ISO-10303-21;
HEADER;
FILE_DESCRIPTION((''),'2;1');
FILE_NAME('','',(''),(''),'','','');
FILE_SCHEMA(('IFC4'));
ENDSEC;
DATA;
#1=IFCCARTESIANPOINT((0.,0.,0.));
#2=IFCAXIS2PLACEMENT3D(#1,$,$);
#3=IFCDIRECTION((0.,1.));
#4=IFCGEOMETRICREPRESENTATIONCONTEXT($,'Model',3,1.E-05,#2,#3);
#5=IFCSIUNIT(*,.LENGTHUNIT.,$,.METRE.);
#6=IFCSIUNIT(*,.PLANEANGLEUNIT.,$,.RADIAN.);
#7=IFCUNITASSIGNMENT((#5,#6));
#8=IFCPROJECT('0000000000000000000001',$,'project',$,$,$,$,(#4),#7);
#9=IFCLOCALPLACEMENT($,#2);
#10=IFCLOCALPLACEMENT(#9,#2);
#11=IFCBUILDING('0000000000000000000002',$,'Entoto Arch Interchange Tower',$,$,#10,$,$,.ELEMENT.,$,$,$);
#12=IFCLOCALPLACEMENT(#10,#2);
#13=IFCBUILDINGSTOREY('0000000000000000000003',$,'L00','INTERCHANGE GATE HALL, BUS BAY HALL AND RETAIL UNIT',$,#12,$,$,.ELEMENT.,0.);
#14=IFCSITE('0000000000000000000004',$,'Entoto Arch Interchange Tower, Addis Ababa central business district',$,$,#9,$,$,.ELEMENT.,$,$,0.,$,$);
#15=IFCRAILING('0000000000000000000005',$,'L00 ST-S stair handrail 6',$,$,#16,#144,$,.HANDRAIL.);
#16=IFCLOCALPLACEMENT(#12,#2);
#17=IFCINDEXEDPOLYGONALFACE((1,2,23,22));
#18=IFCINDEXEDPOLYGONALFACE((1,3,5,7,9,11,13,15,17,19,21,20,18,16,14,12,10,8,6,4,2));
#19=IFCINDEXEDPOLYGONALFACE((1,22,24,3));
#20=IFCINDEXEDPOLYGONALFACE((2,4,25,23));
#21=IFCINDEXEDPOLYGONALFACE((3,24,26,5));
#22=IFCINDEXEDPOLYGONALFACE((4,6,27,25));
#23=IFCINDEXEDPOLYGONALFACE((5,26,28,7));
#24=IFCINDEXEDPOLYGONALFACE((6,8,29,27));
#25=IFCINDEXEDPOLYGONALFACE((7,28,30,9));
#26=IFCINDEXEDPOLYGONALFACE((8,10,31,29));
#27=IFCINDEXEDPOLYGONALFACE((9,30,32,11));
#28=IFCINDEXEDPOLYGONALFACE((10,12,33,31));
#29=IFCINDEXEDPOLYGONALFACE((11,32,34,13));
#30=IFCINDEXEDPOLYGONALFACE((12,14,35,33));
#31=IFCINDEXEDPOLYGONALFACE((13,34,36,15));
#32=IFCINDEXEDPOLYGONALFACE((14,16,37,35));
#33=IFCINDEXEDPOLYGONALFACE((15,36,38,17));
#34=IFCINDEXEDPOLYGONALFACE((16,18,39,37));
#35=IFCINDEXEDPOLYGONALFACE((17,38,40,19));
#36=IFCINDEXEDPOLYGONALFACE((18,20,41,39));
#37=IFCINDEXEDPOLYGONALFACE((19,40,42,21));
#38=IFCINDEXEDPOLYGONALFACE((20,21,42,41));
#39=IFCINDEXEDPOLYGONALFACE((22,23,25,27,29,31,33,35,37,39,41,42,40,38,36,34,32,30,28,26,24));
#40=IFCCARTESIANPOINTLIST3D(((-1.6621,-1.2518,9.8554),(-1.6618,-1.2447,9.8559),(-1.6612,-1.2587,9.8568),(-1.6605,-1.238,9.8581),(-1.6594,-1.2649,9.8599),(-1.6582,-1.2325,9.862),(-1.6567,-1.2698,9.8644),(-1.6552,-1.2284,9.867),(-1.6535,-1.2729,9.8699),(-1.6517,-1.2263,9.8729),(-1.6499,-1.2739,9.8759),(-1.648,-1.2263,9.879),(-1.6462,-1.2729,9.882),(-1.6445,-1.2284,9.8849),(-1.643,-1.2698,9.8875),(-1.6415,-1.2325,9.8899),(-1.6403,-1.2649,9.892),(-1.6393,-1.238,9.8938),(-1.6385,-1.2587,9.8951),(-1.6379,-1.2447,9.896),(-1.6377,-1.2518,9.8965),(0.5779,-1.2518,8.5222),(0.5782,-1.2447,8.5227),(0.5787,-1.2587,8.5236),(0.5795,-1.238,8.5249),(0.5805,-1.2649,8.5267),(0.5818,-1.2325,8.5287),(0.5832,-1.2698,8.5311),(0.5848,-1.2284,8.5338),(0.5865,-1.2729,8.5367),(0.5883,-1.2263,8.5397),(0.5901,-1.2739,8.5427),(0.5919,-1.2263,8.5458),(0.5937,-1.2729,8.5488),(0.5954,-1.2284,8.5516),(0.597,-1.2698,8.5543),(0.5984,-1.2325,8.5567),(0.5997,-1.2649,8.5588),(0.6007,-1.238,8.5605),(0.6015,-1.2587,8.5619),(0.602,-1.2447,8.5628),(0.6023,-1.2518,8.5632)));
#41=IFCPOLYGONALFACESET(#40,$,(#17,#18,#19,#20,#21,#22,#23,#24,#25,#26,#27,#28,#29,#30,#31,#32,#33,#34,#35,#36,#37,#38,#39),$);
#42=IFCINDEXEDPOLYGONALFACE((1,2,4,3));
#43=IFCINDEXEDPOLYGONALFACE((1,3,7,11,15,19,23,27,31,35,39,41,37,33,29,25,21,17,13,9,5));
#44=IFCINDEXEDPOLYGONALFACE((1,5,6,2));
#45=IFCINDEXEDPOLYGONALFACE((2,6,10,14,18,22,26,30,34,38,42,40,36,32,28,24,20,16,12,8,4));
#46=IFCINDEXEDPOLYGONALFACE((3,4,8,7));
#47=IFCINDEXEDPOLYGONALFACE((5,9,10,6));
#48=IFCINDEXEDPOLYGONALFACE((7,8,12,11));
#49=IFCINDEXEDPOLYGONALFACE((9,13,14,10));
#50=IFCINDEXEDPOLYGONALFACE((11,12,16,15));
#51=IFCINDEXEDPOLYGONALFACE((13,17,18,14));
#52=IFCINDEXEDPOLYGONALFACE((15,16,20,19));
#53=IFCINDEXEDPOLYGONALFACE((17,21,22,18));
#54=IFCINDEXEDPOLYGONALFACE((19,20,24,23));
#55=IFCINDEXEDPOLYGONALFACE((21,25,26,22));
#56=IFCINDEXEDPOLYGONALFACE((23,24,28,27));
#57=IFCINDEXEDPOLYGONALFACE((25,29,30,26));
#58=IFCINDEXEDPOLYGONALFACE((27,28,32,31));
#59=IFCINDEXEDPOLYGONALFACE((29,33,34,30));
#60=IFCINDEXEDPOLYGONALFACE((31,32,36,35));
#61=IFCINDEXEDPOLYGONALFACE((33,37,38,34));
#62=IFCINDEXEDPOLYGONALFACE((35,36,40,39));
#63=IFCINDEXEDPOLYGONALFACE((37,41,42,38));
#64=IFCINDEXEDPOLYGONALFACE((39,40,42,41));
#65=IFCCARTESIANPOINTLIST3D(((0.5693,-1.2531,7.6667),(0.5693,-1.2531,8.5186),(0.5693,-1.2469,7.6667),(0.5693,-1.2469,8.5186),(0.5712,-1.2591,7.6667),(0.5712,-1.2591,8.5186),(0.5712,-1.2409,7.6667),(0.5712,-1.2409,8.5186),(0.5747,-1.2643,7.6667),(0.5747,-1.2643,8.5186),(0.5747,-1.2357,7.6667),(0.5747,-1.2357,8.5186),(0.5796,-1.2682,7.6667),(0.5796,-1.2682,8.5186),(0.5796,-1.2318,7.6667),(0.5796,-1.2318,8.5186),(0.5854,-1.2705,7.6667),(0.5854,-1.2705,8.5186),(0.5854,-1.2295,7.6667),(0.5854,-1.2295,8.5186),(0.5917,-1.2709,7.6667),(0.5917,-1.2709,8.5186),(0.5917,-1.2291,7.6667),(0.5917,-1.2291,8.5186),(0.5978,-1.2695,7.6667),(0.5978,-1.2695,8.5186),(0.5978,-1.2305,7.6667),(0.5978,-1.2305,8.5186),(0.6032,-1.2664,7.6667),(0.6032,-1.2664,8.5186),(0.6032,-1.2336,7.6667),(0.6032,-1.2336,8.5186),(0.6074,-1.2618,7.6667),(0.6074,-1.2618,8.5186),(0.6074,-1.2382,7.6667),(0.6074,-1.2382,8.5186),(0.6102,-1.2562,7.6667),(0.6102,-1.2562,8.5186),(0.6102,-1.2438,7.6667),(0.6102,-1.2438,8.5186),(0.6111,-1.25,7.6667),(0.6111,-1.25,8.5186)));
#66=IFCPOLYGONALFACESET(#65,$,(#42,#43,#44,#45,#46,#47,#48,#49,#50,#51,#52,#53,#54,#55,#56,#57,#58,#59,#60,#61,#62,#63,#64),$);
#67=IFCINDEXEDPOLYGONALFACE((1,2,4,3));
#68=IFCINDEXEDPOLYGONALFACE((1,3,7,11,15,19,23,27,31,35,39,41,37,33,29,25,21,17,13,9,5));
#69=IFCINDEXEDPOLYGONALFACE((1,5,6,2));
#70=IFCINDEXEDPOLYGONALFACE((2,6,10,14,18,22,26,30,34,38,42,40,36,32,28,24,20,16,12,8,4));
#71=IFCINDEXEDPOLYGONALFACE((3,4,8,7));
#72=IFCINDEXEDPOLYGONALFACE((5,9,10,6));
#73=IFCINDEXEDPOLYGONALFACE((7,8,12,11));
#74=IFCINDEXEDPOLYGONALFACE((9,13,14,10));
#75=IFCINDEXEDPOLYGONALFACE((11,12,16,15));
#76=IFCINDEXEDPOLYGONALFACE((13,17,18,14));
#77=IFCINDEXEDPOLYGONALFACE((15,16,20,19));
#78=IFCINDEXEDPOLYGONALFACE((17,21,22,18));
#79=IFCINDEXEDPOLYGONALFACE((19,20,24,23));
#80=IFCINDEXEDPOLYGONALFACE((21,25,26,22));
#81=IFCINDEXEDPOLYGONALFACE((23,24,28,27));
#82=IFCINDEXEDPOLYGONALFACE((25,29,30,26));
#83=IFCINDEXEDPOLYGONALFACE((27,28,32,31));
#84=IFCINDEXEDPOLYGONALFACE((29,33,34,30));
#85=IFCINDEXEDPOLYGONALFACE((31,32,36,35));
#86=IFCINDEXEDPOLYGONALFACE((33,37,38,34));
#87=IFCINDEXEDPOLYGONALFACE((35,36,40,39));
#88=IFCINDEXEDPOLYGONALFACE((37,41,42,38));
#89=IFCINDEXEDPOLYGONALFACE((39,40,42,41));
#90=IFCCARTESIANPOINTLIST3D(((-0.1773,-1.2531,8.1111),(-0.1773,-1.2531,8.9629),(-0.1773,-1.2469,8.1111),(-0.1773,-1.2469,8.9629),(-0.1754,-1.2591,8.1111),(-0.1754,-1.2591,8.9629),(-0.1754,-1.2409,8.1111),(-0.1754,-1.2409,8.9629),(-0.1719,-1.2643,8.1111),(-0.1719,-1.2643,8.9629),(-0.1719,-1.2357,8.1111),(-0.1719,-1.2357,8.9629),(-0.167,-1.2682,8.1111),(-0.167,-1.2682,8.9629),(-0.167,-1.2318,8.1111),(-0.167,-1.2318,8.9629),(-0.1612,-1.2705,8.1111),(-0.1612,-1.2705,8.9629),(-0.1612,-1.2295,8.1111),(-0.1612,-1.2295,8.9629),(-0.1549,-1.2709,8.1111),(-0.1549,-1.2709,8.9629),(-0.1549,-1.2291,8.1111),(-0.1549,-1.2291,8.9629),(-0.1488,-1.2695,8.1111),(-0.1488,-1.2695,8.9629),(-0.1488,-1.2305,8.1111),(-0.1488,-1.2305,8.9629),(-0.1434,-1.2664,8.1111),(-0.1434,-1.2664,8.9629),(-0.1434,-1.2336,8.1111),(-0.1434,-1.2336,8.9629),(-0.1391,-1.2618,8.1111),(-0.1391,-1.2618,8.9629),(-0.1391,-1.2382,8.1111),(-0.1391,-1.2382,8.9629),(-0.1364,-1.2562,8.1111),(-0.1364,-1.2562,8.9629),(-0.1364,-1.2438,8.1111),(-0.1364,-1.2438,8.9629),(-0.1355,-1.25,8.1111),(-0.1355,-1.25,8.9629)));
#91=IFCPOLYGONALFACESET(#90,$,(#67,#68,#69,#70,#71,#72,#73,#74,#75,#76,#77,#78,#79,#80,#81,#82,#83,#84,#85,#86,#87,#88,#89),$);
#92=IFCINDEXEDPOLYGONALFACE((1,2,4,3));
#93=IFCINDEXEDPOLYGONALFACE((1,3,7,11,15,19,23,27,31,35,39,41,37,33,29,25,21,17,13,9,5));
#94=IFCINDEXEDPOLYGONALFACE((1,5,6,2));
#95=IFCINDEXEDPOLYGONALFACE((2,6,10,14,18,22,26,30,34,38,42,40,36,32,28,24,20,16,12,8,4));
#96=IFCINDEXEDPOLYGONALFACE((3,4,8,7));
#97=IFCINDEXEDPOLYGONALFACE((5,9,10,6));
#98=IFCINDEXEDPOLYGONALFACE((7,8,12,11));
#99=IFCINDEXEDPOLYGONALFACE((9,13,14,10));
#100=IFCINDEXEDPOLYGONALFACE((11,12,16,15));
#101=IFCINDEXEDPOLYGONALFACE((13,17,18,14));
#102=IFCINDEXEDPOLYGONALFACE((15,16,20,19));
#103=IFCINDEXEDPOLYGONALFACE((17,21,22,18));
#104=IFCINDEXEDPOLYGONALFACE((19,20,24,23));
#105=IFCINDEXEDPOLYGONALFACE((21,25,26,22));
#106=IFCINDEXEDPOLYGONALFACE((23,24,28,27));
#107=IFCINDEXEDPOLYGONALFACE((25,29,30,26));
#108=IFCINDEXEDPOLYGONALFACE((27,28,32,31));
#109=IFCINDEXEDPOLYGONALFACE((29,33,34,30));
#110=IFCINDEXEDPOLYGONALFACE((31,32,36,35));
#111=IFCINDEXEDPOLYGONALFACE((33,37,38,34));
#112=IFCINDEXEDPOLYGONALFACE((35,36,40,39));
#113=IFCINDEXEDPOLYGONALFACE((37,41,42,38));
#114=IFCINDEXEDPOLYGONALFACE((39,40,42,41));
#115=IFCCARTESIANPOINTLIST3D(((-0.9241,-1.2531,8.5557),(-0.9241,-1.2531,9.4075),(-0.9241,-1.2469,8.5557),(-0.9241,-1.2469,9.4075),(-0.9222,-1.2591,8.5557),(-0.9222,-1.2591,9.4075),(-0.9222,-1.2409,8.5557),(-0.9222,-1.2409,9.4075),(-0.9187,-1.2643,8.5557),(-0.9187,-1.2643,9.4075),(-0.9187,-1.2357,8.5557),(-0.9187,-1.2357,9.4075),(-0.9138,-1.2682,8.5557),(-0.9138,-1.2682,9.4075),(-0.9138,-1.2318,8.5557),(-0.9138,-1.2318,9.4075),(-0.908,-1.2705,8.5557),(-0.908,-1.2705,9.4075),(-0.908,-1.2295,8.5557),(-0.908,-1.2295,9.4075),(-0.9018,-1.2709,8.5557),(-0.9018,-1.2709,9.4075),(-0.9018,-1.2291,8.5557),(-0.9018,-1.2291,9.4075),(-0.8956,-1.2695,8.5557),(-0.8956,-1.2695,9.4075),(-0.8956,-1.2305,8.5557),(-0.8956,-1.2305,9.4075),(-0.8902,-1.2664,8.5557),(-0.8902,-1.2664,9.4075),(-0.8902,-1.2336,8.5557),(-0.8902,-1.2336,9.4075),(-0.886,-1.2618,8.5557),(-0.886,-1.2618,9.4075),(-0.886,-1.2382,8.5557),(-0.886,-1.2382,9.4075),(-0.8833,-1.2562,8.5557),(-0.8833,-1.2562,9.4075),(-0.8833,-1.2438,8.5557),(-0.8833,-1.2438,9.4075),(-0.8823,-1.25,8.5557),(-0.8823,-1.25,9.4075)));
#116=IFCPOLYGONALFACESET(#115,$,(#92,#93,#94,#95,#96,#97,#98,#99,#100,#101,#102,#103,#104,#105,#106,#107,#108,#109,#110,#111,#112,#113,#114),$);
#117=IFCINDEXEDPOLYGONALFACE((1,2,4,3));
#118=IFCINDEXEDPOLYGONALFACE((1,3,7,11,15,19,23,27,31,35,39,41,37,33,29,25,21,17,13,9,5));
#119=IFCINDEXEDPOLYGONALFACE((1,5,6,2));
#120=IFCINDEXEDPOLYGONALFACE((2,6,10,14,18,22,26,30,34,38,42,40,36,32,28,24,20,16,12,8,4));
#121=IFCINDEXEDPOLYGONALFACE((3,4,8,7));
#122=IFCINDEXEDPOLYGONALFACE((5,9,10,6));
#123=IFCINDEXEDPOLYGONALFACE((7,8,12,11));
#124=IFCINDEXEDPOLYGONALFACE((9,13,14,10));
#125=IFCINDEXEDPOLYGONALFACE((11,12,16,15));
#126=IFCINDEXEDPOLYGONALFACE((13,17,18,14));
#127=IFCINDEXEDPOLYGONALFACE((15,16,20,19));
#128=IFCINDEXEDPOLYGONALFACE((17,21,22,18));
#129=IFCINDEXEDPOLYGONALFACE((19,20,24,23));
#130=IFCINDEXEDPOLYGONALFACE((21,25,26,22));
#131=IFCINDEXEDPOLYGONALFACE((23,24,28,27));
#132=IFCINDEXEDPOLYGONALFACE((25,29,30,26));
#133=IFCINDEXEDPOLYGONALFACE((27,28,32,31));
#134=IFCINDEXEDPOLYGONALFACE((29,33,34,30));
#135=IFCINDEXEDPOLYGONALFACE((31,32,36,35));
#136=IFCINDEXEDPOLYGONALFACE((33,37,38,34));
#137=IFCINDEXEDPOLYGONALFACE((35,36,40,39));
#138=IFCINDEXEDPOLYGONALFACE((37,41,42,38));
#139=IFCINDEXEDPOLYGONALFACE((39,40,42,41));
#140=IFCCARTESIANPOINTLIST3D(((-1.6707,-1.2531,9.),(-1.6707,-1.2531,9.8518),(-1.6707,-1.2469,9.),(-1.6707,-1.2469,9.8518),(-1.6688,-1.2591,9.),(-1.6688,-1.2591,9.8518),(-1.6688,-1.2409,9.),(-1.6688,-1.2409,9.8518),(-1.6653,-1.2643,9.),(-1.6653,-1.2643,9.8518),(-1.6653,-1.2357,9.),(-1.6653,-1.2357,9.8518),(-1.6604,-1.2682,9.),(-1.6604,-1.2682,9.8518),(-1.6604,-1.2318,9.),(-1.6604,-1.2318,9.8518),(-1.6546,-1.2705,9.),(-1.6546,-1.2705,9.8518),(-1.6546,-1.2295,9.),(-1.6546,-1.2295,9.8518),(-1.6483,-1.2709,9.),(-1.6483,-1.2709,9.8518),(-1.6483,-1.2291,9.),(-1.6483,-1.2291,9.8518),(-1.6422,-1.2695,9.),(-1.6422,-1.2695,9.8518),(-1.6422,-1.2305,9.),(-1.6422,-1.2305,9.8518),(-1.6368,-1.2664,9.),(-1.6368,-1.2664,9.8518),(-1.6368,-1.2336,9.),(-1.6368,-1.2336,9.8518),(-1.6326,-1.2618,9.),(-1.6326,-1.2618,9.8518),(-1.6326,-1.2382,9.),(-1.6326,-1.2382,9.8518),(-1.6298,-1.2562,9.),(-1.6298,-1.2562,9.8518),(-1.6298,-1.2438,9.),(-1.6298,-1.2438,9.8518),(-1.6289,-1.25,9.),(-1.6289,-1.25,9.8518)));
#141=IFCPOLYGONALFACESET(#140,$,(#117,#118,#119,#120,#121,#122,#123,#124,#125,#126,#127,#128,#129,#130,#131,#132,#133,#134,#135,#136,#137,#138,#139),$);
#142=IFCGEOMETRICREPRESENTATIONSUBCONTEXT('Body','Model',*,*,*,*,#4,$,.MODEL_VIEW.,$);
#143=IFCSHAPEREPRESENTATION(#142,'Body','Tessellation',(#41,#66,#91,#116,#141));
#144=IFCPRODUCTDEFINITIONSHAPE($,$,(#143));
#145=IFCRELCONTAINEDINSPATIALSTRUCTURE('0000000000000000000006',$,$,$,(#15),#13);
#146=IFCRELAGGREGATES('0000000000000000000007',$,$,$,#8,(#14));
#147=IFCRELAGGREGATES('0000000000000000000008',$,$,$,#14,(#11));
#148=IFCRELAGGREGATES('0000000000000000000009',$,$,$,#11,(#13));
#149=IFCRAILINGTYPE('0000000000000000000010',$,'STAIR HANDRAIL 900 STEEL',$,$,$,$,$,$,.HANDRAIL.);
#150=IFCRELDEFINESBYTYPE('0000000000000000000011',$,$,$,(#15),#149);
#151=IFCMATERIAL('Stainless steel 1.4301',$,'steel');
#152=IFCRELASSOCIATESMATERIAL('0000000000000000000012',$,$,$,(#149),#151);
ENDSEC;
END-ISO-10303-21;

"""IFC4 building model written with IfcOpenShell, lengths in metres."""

from ifc_helpers import new_model, si_unit, direction, frame, origin, origin_2d, place, context, subcontext, project, spatial, circle, extrude, material, type_object, element, save


model = new_model("IFC4")

# Units and contexts
model_context = context("Model", 3, precision=1e-05, world=origin(), true_north=direction((0.0, 1.0)))
body_context = subcontext(model_context, "Body", "Model", "MODEL_VIEW")
ifc_project = project(units=[si_unit("LENGTHUNIT", "METRE"), si_unit("PLANEANGLEUNIT", "RADIAN")], contexts=[model_context])

# Site, building, storey
site_placement = place(None, origin())
site = spatial("IfcSite", under=ifc_project, at=site_placement, Name="Entoto Arch Interchange Tower, Addis Ababa central business district", CompositionType="ELEMENT", RefElevation=0.0)
building_placement = place(site_placement, origin())
building = spatial("IfcBuilding", under=site, at=building_placement, Name="Entoto Arch Interchange Tower", CompositionType="ELEMENT")
storey_placement = place(building_placement, origin())
storey = spatial("IfcBuildingStorey", under=building, at=storey_placement, Name="L00", Description="INTERCHANGE GATE HALL, BUS BAY HALL AND RETAIL UNIT", CompositionType="ELEMENT", Elevation=0.0)

# Railing
ifc_material_1 = material(Name="Stainless steel 1.4301", Category="steel")
railing_type_1 = type_object("IfcRailingType", Name="STAIR HANDRAIL 900 STEEL", PredefinedType="HANDRAIL", material=ifc_material_1)
for number, where, name in (
    (1, (0.5901, -1.25, 7.6667), "L00 ST-S stair handrail 6"),
):
    element("IfcRailing", number, at=place(storey_placement, frame(where)), inside=storey, type_object=railing_type_1, Name=name, PredefinedType="HANDRAIL", context=body_context, shape_type="SweptSolid", body=[
        extrude(circle(Radius=0.0239, at=origin_2d()), frame((0.0, 0.0, 0.876), z_axis=(-0.859306, 0.0, 0.511462), x_axis=(0.0, -1.0, 0.0)), (0.0, 0.0, 1.0), 2.6067),
        extrude(circle(Radius=0.021, at=origin_2d()), origin(), (0.0, 0.0, 1.0), 0.8518),
        extrude(circle(Radius=0.021, at=origin_2d()), frame((-0.7466, 0.0, 0.4443)), (0.0, 0.0, 1.0), 0.8518),
        extrude(circle(Radius=0.021, at=origin_2d()), frame((-1.4934, 0.0, 0.8889)), (0.0, 0.0, 1.0), 0.8518),
        extrude(circle(Radius=0.021, at=origin_2d()), frame((-2.24, 0.0, 1.3333)), (0.0, 0.0, 1.0), 0.8518),
    ])

save(model, "model.ifc")
